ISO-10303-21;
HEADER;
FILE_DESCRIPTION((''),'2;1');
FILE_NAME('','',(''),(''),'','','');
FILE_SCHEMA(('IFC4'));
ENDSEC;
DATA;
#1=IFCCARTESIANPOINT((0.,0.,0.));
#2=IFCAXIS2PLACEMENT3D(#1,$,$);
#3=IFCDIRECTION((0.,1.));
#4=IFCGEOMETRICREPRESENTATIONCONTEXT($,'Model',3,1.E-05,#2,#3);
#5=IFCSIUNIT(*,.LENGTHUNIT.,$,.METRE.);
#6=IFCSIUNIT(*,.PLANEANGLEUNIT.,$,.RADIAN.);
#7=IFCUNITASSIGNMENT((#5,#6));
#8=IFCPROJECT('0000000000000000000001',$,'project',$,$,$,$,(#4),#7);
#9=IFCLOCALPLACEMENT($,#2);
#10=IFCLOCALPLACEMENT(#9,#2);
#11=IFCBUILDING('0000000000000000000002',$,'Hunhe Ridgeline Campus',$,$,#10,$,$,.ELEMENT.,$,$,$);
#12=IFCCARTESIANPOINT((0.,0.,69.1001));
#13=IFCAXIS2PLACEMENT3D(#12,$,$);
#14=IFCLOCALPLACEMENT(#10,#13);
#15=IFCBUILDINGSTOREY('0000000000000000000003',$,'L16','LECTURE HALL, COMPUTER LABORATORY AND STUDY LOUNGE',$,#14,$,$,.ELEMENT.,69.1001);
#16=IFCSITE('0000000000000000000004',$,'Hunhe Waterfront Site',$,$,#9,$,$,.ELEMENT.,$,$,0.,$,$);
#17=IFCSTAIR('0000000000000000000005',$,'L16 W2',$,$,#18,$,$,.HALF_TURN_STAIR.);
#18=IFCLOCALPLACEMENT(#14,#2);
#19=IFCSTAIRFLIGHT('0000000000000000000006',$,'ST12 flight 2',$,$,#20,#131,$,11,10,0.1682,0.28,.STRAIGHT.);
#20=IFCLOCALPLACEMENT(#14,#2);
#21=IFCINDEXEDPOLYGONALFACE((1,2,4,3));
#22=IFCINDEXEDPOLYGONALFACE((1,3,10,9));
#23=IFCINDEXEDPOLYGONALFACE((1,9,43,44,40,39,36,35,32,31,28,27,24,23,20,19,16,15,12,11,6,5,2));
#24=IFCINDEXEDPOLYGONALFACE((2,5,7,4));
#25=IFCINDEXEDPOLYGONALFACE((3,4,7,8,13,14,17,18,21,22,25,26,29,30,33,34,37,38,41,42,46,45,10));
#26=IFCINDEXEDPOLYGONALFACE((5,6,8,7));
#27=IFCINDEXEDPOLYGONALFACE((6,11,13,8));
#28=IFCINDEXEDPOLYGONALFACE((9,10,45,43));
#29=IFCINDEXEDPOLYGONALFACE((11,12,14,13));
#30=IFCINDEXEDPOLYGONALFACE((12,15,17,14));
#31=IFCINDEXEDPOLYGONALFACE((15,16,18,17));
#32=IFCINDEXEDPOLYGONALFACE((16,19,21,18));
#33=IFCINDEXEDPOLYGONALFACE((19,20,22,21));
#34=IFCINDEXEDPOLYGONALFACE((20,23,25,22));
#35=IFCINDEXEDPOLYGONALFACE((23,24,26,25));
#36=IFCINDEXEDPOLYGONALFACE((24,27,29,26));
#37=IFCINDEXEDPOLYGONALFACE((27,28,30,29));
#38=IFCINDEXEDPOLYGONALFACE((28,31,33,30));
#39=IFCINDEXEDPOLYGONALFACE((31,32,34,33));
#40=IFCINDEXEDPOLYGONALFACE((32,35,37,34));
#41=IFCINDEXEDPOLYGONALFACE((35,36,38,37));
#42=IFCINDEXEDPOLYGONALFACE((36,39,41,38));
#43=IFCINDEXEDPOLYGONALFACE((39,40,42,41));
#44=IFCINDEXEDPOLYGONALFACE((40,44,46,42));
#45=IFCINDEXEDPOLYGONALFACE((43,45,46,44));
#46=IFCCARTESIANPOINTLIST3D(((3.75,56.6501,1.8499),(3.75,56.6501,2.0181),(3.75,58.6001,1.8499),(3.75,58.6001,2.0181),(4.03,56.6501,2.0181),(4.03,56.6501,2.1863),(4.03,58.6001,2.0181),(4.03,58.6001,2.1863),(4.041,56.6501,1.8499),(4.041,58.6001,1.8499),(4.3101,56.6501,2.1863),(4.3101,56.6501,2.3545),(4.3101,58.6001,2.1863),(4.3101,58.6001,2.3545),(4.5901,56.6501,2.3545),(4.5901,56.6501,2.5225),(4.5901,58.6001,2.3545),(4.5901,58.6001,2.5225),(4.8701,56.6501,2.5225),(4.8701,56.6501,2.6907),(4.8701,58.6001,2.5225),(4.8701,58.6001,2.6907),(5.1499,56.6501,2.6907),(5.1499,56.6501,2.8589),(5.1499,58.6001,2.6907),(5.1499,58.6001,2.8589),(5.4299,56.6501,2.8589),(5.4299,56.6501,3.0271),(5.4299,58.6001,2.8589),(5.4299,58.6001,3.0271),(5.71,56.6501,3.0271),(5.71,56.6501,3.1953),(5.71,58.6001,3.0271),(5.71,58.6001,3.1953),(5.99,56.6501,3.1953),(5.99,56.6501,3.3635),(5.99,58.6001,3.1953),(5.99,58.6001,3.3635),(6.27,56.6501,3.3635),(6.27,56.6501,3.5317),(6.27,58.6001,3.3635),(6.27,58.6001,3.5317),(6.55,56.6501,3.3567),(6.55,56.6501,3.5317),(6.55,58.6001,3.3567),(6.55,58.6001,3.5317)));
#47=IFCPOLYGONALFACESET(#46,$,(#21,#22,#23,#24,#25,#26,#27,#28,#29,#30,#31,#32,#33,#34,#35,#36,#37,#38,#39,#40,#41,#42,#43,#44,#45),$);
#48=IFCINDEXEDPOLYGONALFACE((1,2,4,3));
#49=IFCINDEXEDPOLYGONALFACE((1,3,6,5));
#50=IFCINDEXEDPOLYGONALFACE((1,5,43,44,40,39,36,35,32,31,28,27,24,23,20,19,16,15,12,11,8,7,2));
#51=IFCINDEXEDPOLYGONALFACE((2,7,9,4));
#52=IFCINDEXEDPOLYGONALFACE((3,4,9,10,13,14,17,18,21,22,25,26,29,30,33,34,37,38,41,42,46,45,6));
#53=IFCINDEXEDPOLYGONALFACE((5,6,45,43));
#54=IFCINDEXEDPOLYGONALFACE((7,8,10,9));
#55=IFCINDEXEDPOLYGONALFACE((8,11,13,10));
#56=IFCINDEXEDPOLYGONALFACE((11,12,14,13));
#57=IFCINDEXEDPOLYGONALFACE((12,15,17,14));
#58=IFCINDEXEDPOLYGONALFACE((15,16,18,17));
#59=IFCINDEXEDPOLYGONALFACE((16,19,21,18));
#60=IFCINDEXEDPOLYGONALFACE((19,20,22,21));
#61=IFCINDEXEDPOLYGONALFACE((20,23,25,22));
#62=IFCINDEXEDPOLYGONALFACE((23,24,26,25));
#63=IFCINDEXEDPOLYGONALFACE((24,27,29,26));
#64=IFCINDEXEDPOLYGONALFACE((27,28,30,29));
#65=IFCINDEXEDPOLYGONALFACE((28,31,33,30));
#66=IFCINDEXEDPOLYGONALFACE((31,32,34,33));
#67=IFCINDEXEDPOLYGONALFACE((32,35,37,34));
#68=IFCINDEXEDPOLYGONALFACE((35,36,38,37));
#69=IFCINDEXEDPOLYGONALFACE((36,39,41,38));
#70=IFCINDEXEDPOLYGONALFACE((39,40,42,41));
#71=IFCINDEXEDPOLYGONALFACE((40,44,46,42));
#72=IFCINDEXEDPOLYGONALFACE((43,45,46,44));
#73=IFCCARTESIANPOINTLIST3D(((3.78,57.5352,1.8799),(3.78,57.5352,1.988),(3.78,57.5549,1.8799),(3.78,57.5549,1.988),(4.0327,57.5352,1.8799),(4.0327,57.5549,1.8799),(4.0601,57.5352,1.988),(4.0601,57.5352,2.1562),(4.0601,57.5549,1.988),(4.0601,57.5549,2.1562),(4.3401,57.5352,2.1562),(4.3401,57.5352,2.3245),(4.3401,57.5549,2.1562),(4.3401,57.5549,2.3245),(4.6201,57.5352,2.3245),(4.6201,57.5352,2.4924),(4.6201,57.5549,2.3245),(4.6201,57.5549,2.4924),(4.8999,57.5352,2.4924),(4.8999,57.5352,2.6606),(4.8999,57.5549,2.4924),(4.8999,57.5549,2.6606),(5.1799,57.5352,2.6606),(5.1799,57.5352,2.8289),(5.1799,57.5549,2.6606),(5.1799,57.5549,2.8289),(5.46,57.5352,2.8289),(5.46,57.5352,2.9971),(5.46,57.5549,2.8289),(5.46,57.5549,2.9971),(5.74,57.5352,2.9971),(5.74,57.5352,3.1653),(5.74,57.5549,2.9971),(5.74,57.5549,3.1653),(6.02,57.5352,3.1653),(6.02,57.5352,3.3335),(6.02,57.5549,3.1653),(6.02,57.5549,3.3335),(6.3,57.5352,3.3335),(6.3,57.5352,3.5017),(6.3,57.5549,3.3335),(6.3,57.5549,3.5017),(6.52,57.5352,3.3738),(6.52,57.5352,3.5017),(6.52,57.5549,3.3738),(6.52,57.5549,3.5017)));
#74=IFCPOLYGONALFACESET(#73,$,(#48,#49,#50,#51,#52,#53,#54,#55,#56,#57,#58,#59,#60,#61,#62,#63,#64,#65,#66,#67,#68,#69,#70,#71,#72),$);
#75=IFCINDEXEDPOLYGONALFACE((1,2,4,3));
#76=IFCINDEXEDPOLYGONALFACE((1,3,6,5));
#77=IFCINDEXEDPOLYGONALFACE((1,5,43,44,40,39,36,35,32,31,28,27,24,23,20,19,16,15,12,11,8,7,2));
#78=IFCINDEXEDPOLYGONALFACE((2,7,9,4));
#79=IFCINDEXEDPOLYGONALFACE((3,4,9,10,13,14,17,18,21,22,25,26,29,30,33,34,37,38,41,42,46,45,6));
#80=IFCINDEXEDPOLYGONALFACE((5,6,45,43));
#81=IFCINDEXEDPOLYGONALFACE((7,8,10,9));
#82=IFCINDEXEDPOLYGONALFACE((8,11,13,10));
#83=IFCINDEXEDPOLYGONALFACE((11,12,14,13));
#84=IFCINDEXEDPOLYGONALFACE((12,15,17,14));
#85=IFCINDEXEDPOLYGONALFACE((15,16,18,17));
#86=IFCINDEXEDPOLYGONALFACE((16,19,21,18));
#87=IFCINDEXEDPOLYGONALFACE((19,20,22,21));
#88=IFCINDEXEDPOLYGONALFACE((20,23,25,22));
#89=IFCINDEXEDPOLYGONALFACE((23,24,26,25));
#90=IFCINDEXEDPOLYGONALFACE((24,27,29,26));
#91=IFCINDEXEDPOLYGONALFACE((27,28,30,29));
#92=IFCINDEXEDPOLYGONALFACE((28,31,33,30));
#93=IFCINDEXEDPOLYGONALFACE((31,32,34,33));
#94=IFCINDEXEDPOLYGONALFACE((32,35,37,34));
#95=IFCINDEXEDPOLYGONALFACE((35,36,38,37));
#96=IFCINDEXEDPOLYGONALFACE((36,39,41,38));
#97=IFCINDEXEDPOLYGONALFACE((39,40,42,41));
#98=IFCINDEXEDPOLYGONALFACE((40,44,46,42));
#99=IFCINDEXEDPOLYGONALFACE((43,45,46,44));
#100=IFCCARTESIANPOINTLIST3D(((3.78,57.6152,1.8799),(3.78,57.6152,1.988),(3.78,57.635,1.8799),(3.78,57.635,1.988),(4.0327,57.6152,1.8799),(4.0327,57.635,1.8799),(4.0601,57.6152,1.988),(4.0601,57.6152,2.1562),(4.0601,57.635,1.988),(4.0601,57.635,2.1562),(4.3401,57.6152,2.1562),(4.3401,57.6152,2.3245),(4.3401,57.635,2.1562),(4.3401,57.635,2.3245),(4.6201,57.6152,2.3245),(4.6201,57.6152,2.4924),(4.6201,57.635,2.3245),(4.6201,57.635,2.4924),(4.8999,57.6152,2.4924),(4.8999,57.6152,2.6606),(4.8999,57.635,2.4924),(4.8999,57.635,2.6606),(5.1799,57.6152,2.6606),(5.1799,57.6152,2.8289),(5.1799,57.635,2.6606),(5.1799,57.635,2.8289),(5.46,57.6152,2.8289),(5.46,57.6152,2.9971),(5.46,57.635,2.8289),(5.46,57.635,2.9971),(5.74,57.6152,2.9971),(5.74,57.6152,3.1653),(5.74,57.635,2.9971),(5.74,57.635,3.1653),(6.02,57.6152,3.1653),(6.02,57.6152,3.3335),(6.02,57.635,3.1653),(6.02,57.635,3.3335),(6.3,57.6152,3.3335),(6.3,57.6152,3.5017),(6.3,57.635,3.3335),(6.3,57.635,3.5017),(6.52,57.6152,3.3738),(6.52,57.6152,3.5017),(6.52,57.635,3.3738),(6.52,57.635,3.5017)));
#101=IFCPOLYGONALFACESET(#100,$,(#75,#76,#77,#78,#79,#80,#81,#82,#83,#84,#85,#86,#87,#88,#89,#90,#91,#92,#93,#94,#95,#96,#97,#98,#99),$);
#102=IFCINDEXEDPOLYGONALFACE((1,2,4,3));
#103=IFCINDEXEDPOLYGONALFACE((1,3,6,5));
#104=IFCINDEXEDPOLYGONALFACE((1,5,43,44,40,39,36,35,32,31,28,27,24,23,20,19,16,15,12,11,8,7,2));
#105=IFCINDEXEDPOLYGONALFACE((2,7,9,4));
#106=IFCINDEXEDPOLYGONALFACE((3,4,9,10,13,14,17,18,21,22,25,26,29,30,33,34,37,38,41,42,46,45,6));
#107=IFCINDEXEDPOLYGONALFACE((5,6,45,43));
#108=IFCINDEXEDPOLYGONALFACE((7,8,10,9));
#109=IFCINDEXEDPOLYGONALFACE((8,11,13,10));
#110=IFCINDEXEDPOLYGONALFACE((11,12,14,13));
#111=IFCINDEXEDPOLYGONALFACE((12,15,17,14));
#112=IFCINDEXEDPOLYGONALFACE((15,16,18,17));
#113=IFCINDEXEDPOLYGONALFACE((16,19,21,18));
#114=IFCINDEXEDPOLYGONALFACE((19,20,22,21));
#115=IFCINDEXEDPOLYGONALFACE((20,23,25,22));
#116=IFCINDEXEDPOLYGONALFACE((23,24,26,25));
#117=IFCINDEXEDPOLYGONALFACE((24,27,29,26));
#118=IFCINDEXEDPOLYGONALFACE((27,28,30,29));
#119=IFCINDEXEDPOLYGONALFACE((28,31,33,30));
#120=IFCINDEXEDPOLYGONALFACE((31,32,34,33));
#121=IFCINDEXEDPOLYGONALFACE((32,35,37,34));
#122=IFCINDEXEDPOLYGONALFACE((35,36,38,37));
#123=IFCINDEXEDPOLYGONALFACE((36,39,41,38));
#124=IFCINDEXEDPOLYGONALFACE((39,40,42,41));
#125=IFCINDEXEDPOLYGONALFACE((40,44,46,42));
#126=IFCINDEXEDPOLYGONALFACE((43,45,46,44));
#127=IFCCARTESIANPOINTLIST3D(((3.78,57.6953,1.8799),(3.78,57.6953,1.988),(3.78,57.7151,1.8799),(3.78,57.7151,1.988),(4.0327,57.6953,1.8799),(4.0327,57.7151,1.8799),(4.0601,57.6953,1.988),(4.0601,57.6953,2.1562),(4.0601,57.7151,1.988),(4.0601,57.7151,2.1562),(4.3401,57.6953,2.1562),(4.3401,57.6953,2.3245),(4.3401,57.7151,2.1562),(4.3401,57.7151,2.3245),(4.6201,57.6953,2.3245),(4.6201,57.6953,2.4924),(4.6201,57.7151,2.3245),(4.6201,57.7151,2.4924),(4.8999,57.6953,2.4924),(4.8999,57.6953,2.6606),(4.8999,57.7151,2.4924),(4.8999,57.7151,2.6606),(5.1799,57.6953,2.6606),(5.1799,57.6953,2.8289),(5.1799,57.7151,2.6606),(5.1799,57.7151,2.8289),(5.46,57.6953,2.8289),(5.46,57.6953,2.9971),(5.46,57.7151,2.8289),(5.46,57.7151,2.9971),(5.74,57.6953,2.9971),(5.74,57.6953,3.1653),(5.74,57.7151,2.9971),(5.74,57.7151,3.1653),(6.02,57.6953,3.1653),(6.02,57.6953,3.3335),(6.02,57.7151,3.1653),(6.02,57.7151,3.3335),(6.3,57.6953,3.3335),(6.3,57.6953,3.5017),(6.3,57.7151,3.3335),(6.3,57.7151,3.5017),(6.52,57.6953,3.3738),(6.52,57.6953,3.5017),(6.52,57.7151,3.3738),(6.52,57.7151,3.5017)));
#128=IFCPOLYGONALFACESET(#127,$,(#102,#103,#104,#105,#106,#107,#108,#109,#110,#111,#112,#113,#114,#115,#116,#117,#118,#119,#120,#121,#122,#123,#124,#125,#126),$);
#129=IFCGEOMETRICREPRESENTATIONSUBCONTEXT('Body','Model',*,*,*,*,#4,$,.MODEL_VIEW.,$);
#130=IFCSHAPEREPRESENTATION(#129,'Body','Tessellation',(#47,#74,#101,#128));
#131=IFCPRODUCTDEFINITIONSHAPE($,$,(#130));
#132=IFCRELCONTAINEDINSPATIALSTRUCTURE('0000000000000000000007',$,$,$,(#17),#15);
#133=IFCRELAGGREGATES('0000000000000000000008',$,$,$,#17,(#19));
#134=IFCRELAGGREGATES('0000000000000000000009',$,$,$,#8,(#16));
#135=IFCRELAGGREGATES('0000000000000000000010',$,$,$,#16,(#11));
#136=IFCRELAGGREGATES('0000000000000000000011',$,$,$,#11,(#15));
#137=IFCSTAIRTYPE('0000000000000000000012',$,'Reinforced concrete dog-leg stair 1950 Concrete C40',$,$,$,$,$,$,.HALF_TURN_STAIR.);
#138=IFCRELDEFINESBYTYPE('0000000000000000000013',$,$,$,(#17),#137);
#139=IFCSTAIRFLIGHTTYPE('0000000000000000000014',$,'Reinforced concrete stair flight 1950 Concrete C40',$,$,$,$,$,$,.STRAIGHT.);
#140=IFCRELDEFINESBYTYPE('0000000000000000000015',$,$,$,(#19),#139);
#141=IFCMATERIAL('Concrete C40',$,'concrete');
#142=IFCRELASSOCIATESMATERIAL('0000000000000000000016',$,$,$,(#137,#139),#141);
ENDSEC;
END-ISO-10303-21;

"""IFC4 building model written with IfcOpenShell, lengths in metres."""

from ifc_helpers import new_model, si_unit, direction, frame, origin, place, context, subcontext, project, spatial, polyline, outline, extrude, material, type_object, element, aggregate, save


model = new_model("IFC4")

# Units and contexts
model_context = context("Model", 3, precision=1e-05, world=origin(), true_north=direction((0.0, 1.0)))
body_context = subcontext(model_context, "Body", "Model", "MODEL_VIEW")
ifc_project = project(units=[si_unit("LENGTHUNIT", "METRE"), si_unit("PLANEANGLEUNIT", "RADIAN")], contexts=[model_context])

# Site, building, storey
site_placement = place(None, origin())
site = spatial("IfcSite", under=ifc_project, at=site_placement, Name="Hunhe Waterfront Site", CompositionType="ELEMENT", RefElevation=0.0)
building_placement = place(site_placement, origin())
building = spatial("IfcBuilding", under=site, at=building_placement, Name="Hunhe Ridgeline Campus", CompositionType="ELEMENT")
storey_placement = place(building_placement, frame((0.0, 0.0, 69.1001)))
storey = spatial("IfcBuildingStorey", under=building, at=storey_placement, Name="L16", Description="LECTURE HALL, COMPUTER LABORATORY AND STUDY LOUNGE", CompositionType="ELEMENT", Elevation=69.1001)

# Stair, stair flight
ifc_material_1 = material(Name="Concrete C40", Category="concrete")
stair_type = type_object("IfcStairType", Name="Reinforced concrete dog-leg stair 1950 Concrete C40", PredefinedType="HALF_TURN_STAIR", material=ifc_material_1)
stair_placement = place(storey_placement, origin())
stair = element("IfcStair", 1, at=stair_placement, inside=storey, type_object=stair_type, Name="L16 W2", PredefinedType="HALF_TURN_STAIR")
stair_flight_type = type_object("IfcStairFlightType", Name="Reinforced concrete stair flight 1950 Concrete C40", PredefinedType="STRAIGHT", material=ifc_material_1)
stair_flight_1_placement = place(storey_placement, frame((3.75, 57.625, 1.8499), z_axis=(0.0, 0.0, 1.0), x_axis=(1.0, 0.0, 0.0)))
stair_flight_1 = element("IfcStairFlight", 2, at=stair_flight_1_placement, type_object=stair_flight_type, Name="ST12 flight 2", NumberOfRisers=11, NumberOfTreads=10, PredefinedType="STRAIGHT", RiserHeight=0.1682, TreadLength=0.28, context=body_context, shape_type="SweptSolid", body=[
    extrude(outline(polyline([(0.0, 0.0), (0.0, 0.1682), (0.28, 0.1682), (0.28, 0.3364), (0.5601, 0.3364), (0.5601, 0.5046), (0.8401, 0.5046), (0.8401, 0.6726), (1.1201, 0.6726), (1.1201, 0.8408), (1.3999, 0.8408), (1.3999, 1.009), (1.6799, 1.009), (1.6799, 1.1772), (1.96, 1.1772), (1.96, 1.3455), (2.24, 1.3455), (2.24, 1.5137), (2.52, 1.5137), (2.52, 1.6819), (2.8, 1.6819), (2.8, 1.8501), (2.8, 1.5068), (0.291, 0.0), (0.0, 0.0)])), frame((0.0, 0.9751, 0.0), z_axis=(0.0, -1.0, 0.0), x_axis=(1.0, 0.0, 0.0)), (0.0, 0.0, 1.0), 1.95),
    extrude(outline(polyline([(0.03, 0.03), (0.03, 0.1382), (0.3101, 0.1382), (0.3101, 0.3064), (0.5901, 0.3064), (0.5901, 0.4746), (0.8701, 0.4746), (0.8701, 0.6426), (1.1499, 0.6426), (1.1499, 0.8108), (1.4299, 0.8108), (1.4299, 0.979), (1.71, 0.979), (1.71, 1.1472), (1.99, 1.1472), (1.99, 1.3154), (2.27, 1.3154), (2.27, 1.4836), (2.55, 1.4836), (2.55, 1.6519), (2.77, 1.6519), (2.77, 1.5239), (0.2827, 0.03), (0.03, 0.03)])), frame((0.0, -0.0701, 0.0), z_axis=(0.0, -1.0, 0.0), x_axis=(1.0, 0.0, 0.0)), (0.0, 0.0, 1.0), 0.0198),
    extrude(outline(polyline([(0.03, 0.03), (0.03, 0.1382), (0.3101, 0.1382), (0.3101, 0.3064), (0.5901, 0.3064), (0.5901, 0.4746), (0.8701, 0.4746), (0.8701, 0.6426), (1.1499, 0.6426), (1.1499, 0.8108), (1.4299, 0.8108), (1.4299, 0.979), (1.71, 0.979), (1.71, 1.1472), (1.99, 1.1472), (1.99, 1.3154), (2.27, 1.3154), (2.27, 1.4836), (2.55, 1.4836), (2.55, 1.6519), (2.77, 1.6519), (2.77, 1.5239), (0.2827, 0.03), (0.03, 0.03)])), frame((0.0, 0.01, 0.0), z_axis=(0.0, -1.0, 0.0), x_axis=(1.0, 0.0, 0.0)), (0.0, 0.0, 1.0), 0.0198),
    extrude(outline(polyline([(0.03, 0.03), (0.03, 0.1382), (0.3101, 0.1382), (0.3101, 0.3064), (0.5901, 0.3064), (0.5901, 0.4746), (0.8701, 0.4746), (0.8701, 0.6426), (1.1499, 0.6426), (1.1499, 0.8108), (1.4299, 0.8108), (1.4299, 0.979), (1.71, 0.979), (1.71, 1.1472), (1.99, 1.1472), (1.99, 1.3154), (2.27, 1.3154), (2.27, 1.4836), (2.55, 1.4836), (2.55, 1.6519), (2.77, 1.6519), (2.77, 1.5239), (0.2827, 0.03), (0.03, 0.03)])), frame((0.0, 0.0901, 0.0), z_axis=(0.0, -1.0, 0.0), x_axis=(1.0, 0.0, 0.0)), (0.0, 0.0, 1.0), 0.0198),
])
aggregate(stair, [stair_flight_1])

save(model, "model.ifc")
